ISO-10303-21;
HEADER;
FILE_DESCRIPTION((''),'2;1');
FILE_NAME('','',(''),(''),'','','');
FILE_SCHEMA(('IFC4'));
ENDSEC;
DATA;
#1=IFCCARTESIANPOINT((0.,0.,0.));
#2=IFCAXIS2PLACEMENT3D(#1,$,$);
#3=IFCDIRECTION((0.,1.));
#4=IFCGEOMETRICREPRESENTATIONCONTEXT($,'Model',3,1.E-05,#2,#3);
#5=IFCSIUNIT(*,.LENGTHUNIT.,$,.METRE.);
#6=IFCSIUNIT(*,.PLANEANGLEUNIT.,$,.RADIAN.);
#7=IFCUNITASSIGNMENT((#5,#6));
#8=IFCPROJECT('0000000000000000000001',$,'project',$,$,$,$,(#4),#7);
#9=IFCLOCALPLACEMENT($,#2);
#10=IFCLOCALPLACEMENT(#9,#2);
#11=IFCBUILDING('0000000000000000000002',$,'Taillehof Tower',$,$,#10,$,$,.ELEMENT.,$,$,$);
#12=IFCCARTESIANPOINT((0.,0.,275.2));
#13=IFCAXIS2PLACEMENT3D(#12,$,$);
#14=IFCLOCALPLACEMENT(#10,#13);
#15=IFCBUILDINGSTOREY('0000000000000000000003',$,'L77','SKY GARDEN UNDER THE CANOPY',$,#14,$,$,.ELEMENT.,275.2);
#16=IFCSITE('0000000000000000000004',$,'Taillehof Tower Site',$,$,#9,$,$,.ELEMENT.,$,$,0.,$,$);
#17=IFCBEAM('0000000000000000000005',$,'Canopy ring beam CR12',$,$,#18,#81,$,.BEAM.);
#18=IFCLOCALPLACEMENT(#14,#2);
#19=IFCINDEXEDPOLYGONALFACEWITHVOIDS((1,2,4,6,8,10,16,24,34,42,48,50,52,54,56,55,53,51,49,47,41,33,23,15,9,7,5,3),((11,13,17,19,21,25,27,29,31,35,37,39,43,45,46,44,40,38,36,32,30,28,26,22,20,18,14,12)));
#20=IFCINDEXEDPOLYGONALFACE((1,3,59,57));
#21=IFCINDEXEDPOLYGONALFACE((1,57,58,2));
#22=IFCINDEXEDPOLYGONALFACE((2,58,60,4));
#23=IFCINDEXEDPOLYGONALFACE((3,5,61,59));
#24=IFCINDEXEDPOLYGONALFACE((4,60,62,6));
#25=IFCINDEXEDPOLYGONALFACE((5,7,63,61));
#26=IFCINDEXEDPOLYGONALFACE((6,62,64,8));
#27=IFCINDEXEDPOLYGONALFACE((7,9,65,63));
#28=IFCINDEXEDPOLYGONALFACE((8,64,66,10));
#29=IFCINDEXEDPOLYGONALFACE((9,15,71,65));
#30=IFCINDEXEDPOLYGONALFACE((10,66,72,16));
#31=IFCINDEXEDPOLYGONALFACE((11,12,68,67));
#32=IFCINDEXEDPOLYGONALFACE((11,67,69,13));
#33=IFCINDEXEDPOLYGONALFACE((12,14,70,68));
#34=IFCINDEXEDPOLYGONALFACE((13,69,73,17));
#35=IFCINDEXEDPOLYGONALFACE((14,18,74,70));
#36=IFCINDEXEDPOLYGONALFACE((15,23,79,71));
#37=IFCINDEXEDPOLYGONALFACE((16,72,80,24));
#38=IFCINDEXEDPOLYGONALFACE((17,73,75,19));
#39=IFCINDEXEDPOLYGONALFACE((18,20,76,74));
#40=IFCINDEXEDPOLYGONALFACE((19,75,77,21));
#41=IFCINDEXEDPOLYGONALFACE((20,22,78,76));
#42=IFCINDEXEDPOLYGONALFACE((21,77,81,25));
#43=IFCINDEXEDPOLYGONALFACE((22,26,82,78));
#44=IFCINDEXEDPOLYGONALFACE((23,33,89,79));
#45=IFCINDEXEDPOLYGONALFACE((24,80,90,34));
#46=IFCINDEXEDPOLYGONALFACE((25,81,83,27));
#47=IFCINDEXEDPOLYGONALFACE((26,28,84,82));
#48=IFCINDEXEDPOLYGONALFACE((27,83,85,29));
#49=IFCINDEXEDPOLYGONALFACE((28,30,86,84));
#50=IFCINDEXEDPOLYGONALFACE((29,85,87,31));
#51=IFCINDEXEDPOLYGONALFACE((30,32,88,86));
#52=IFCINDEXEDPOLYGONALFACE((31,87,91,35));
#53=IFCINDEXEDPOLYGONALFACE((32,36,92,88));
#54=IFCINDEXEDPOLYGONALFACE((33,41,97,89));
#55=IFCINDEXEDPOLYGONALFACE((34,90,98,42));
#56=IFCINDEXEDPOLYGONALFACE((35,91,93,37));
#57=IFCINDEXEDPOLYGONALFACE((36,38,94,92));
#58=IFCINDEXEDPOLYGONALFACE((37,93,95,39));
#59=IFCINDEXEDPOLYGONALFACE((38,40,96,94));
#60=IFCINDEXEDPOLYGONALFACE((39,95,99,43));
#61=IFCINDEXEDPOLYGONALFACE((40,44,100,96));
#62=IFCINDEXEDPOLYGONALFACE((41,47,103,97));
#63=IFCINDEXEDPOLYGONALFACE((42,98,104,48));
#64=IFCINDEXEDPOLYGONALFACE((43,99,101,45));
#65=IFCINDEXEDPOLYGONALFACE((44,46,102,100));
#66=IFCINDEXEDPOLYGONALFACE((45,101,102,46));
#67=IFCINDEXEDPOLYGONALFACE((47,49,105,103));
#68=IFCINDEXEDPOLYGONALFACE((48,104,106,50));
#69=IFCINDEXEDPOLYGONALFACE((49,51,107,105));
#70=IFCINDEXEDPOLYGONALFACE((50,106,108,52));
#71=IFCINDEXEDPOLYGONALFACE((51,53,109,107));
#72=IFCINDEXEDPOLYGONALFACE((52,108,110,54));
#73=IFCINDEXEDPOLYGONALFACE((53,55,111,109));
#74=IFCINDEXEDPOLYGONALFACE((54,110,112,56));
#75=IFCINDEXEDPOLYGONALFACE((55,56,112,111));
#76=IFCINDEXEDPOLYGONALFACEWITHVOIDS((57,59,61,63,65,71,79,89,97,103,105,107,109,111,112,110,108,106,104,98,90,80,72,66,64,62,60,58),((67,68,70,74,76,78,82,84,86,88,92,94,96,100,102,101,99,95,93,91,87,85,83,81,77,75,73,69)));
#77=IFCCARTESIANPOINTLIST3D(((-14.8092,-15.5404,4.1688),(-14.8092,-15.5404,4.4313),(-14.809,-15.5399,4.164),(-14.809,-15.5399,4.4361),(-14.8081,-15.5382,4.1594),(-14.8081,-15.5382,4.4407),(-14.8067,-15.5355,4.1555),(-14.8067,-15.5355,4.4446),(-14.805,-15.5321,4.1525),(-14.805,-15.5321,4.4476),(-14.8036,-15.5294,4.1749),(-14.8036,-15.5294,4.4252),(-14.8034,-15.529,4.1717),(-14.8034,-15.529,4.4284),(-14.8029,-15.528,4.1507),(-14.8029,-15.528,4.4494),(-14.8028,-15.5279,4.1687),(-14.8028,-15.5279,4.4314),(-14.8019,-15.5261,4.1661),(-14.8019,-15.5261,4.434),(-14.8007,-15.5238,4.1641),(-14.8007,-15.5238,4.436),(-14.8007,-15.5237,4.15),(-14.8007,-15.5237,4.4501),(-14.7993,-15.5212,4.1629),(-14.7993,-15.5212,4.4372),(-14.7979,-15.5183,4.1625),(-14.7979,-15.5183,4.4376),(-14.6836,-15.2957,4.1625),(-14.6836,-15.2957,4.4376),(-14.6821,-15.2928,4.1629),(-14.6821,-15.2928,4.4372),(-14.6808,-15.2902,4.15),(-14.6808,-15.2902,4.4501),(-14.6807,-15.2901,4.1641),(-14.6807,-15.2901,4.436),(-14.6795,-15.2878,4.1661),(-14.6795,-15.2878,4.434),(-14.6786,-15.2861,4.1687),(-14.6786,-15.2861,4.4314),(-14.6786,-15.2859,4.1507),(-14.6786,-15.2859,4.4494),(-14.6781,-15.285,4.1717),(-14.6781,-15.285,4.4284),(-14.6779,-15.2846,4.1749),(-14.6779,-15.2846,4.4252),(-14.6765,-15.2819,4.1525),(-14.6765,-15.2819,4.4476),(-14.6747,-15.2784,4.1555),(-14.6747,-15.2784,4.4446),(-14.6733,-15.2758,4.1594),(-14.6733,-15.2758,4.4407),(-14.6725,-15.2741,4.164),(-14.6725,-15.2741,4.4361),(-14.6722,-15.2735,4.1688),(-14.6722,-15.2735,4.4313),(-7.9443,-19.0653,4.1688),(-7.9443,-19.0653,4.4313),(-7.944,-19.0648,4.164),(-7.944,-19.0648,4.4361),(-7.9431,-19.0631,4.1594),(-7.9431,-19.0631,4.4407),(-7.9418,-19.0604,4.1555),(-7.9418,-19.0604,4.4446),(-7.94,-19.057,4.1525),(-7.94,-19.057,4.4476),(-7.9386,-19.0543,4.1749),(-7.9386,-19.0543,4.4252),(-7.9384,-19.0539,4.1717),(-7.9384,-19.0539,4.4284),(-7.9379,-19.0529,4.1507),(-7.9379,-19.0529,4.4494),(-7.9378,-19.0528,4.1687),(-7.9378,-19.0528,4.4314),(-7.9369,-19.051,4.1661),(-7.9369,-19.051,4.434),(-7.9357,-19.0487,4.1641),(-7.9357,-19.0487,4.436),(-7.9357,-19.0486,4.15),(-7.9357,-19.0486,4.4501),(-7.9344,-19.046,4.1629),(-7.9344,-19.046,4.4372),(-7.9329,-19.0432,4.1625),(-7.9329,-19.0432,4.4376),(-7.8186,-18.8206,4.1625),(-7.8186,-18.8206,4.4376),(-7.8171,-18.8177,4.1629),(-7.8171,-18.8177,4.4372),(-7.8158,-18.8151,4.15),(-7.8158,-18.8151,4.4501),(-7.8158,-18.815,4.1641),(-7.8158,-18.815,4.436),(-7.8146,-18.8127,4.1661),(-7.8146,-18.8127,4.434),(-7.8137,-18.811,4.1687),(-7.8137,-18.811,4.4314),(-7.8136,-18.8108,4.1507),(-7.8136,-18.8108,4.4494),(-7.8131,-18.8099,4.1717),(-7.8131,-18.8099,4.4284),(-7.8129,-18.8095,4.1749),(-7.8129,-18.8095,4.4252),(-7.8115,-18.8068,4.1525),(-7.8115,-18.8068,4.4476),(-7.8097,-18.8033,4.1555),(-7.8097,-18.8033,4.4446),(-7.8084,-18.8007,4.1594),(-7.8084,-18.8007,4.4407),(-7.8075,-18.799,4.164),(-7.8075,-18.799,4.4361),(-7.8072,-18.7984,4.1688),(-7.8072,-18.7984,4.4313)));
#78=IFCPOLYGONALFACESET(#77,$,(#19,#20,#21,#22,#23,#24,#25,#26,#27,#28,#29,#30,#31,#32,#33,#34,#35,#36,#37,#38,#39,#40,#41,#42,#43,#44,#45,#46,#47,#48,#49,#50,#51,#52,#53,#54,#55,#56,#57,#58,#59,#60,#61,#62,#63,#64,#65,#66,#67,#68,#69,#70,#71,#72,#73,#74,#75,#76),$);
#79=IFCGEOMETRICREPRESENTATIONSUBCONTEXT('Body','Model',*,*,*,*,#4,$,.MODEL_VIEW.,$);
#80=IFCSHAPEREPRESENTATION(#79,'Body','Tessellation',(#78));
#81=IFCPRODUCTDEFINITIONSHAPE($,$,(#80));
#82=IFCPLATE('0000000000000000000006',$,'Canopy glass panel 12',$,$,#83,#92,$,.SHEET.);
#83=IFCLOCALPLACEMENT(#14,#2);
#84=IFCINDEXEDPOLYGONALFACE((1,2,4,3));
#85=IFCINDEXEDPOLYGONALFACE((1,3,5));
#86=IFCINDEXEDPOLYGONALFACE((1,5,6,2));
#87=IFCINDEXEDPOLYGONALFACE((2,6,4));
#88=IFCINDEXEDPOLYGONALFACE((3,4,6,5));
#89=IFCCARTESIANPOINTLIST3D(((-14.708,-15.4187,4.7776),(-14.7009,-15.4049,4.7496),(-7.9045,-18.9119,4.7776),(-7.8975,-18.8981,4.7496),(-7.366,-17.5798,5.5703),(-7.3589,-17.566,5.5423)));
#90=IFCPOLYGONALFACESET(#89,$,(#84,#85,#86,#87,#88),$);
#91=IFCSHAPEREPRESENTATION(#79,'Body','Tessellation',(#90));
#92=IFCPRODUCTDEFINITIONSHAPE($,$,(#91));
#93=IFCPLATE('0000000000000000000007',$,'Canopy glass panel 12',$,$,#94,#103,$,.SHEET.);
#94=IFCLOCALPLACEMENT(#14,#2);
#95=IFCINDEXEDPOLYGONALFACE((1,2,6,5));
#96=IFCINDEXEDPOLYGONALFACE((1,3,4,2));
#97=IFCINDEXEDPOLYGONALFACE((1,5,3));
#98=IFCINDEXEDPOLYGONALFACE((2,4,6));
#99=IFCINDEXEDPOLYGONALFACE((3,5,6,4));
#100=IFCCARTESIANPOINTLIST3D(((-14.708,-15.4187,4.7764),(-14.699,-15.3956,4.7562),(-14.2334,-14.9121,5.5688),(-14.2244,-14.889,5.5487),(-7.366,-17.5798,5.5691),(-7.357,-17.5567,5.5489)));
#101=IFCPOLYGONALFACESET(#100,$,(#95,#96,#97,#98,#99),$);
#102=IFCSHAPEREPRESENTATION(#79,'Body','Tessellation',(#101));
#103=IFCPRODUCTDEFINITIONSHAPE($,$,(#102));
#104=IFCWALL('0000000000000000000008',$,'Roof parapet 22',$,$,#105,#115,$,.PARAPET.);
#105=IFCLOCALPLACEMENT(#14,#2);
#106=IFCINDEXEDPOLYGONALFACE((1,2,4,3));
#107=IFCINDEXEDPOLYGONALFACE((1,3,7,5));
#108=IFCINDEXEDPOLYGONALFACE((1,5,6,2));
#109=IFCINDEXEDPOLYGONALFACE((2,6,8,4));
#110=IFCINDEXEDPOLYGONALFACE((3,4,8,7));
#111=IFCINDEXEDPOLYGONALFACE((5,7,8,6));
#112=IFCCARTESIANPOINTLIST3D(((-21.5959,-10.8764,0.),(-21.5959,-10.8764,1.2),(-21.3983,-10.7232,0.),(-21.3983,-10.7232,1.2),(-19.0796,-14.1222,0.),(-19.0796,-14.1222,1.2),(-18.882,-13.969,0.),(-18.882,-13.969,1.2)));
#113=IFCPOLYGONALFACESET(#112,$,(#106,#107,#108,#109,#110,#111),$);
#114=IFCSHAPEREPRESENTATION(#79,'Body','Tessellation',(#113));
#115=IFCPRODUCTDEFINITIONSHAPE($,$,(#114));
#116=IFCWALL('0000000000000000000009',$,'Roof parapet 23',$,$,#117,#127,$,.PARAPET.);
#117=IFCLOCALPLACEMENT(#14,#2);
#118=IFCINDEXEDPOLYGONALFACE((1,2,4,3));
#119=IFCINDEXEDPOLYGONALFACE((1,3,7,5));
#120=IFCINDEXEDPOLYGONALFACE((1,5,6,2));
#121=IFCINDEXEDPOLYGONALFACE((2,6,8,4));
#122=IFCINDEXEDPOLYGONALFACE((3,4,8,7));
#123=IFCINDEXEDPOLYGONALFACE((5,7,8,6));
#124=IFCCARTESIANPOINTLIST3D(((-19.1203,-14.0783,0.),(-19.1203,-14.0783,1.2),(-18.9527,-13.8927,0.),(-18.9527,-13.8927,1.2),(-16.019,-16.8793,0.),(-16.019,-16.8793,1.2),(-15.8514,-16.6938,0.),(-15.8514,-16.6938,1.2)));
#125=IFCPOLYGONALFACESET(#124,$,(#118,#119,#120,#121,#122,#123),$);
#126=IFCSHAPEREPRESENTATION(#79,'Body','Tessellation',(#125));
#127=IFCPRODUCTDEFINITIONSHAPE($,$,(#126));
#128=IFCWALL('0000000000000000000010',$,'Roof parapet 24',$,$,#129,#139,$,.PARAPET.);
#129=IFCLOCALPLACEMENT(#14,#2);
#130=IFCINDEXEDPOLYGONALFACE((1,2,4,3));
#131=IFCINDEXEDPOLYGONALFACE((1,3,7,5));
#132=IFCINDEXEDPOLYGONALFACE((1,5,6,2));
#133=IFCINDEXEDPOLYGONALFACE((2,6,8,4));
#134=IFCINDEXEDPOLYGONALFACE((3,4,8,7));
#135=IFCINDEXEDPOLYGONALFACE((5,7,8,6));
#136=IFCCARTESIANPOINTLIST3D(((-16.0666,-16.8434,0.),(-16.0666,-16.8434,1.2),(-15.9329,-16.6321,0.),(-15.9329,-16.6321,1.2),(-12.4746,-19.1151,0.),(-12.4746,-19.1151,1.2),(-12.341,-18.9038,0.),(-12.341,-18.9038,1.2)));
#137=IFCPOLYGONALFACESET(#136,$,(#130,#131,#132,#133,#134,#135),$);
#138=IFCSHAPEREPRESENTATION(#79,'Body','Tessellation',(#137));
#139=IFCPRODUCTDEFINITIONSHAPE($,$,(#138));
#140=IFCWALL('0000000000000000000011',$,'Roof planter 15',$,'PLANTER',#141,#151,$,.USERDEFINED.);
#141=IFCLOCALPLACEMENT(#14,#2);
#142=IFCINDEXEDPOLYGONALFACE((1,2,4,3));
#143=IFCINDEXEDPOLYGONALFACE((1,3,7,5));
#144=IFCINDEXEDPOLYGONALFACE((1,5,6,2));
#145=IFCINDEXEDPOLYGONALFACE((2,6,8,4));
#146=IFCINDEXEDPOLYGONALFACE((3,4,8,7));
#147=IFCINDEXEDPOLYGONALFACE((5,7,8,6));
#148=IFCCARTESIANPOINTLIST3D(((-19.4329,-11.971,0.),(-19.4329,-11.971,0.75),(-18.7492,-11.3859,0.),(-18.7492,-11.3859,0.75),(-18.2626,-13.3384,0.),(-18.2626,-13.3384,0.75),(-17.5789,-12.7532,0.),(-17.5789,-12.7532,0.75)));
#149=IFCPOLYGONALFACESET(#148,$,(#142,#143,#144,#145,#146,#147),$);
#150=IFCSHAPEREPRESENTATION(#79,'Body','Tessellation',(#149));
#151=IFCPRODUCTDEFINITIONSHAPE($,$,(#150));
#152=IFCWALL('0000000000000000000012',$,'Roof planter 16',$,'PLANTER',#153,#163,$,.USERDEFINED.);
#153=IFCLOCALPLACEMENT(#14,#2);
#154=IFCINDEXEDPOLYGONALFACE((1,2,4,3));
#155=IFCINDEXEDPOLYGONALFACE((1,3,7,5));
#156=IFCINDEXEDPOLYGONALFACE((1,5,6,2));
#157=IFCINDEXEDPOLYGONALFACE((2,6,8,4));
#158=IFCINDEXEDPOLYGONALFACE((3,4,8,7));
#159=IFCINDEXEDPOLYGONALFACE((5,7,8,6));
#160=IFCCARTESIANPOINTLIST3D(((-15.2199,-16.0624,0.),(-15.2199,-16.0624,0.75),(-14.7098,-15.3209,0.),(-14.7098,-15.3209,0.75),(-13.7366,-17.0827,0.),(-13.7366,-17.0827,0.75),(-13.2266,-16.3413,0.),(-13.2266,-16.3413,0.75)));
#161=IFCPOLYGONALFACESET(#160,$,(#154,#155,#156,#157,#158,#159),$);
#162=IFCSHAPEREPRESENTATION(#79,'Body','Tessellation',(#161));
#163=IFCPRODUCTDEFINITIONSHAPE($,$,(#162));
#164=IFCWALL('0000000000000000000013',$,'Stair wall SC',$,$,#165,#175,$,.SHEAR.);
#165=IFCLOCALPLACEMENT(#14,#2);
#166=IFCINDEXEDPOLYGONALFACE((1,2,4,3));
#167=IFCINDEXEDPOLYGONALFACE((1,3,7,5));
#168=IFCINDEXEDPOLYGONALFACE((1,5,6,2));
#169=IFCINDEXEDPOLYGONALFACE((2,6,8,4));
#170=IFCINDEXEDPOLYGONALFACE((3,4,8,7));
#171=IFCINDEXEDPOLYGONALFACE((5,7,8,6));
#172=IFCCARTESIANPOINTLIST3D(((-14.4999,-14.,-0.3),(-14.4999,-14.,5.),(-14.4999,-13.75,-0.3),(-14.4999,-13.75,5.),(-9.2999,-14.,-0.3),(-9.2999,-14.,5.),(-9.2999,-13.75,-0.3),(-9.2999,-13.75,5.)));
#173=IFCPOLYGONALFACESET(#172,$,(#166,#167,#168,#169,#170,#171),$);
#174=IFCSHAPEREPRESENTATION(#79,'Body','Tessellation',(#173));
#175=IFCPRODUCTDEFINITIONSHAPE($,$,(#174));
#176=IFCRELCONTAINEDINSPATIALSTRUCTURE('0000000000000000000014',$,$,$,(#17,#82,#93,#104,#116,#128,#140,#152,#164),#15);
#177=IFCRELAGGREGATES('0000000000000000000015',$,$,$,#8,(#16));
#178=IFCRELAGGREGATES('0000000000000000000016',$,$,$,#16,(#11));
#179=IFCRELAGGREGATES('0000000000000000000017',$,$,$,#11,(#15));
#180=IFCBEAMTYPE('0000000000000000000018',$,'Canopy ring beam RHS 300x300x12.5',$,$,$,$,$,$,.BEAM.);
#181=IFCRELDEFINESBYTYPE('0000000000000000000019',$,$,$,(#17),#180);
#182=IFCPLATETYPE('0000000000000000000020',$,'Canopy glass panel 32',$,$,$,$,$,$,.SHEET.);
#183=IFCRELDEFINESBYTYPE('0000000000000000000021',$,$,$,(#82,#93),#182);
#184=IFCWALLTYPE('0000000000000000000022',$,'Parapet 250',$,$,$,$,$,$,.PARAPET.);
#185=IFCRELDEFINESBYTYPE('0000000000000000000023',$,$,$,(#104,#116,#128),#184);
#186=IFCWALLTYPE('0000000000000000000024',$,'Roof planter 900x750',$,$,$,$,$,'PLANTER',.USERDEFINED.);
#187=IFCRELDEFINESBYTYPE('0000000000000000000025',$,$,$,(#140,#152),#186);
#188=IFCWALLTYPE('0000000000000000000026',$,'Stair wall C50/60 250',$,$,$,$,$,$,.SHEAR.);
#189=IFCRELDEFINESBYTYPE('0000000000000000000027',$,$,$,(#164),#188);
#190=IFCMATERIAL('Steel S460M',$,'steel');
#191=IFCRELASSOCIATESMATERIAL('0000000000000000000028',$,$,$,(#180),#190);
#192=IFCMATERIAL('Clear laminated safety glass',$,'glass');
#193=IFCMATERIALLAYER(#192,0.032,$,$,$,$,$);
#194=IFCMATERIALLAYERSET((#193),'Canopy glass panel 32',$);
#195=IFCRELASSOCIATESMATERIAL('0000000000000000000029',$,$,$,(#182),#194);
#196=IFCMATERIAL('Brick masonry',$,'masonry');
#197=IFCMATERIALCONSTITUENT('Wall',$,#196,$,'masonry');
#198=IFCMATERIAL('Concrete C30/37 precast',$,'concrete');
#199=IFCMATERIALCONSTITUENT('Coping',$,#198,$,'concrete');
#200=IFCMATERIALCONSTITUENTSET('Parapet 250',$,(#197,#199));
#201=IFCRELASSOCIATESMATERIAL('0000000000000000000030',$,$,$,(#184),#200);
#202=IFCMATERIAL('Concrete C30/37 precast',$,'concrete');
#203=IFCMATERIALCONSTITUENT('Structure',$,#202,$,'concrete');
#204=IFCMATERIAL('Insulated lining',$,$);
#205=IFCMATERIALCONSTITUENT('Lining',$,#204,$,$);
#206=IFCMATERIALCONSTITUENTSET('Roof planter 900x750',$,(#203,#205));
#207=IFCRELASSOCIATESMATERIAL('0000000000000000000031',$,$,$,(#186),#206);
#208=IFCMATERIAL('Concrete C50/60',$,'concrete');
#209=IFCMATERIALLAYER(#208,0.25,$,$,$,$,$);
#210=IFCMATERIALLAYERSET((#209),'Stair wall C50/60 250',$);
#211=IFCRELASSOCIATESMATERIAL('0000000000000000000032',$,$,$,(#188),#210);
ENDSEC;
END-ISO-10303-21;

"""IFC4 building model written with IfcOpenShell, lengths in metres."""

from ifc_helpers import new_model, si_unit, direction, frame, frame_2d, origin, origin_2d, place, context, subcontext, project, spatial, polyline, rectangle, hollow_rectangle, outline, extrude, material, layer, layer_set, constituent, constituent_set, material_profile, profile_set, type_object, element, save


model = new_model("IFC4")

# Units and contexts
model_context = context("Model", 3, precision=1e-05, world=origin(), true_north=direction((0.0, 1.0)))
body_context = subcontext(model_context, "Body", "Model", "MODEL_VIEW")
ifc_project = project(units=[si_unit("LENGTHUNIT", "METRE"), si_unit("PLANEANGLEUNIT", "RADIAN")], contexts=[model_context])

# Site, building, storey
site_placement = place(None, origin())
site = spatial("IfcSite", under=ifc_project, at=site_placement, Name="Taillehof Tower Site", CompositionType="ELEMENT", RefElevation=0.0)
building_placement = place(site_placement, origin())
building = spatial("IfcBuilding", under=site, at=building_placement, Name="Taillehof Tower", CompositionType="ELEMENT")
storey_placement = place(building_placement, frame((0.0, 0.0, 275.2)))
storey = spatial("IfcBuildingStorey", under=building, at=storey_placement, Name="L77", Description="SKY GARDEN UNDER THE CANOPY", CompositionType="ELEMENT", Elevation=275.2)

# Beam
ifc_material_1 = material(Name="Steel S460M", Category="steel")
ifc_material_profile_1 = material_profile(ifc_material_1, hollow_rectangle(XDim=0.3, YDim=0.3, WallThickness=0.0125, InnerFilletRadius=0.0125, OuterFilletRadius=0.0188, at=origin_2d()), Name="RHS 300x300x12.5")
ifc_profile_set_1 = profile_set([ifc_material_profile_1], Name="Steel S460M")
beam_type_1 = type_object("IfcBeamType", Name="Canopy ring beam RHS 300x300x12.5", PredefinedType="BEAM", material=ifc_profile_set_1)
beam_1_placement = place(storey_placement, frame((-14.7407, -15.407, 4.3), z_axis=(0.889586, -0.456767, 0.0), x_axis=(0.456767, 0.889586, 0.0)))
element("IfcBeam", 1, at=beam_1_placement, inside=storey, type_object=beam_type_1, Name="Canopy ring beam CR12", PredefinedType="BEAM", context=body_context, shape_type="SweptSolid", body=[
    extrude(hollow_rectangle(XDim=0.3, YDim=0.3, WallThickness=0.0125, InnerFilletRadius=0.0125, OuterFilletRadius=0.0188, at=origin_2d()), origin(), (0.0, 0.0, 1.0), 7.717),
])

# Plates
ifc_material_2 = material(Name="Clear laminated safety glass", Category="glass")
ifc_layer_1 = layer(ifc_material_2, 0.032)
ifc_layer_set_1 = layer_set([ifc_layer_1], Name="Canopy glass panel 32")
plate_type = type_object("IfcPlateType", Name="Canopy glass panel 32", PredefinedType="SHEET", material=ifc_layer_set_1)
plate_1_placement = place(storey_placement, frame((-14.708, -15.4187, 4.7776), z_axis=(-0.221337, -0.431088, 0.874742), x_axis=(0.889594, -0.456752, 0.0)))
element("IfcPlate", 2, at=plate_1_placement, inside=storey, type_object=plate_type, Name="Canopy glass panel 12", PredefinedType="SHEET", context=body_context, shape_type="SweptSolid", body=[
    extrude(outline(polyline([(0.0, 0.0), (7.6478, 0.0), (7.5185, 1.6359), (0.0, 0.0)])), origin(), (0.0, 0.0, -1.0), 0.032),
])
plate_2_placement = place(storey_placement, frame((-14.708, -15.4187, 4.7764), z_axis=(-0.281017, -0.723356, 0.630703), x_axis=(0.9542, -0.280869, 0.103026)))
element("IfcPlate", 3, at=plate_2_placement, inside=storey, type_object=plate_type, Name="Canopy glass panel 12", PredefinedType="SHEET", context=body_context, shape_type="SweptSolid", body=[
    extrude(outline(polyline([(0.0, 0.0), (7.6944, 0.0), (0.3922, 0.9778), (0.0, 0.0)])), origin(), (0.0, 0.0, -1.0), 0.032),
])

# Walls
ifc_material_3 = material(Name="Brick masonry", Category="masonry")
ifc_constituent_1 = constituent(ifc_material_3, Name="Wall", Category="masonry")
ifc_material_4 = material(Name="Concrete C30/37 precast", Category="concrete")
ifc_constituent_2 = constituent(ifc_material_4, Name="Coping", Category="concrete")
ifc_constituent_set_1 = constituent_set(constituents=[ifc_constituent_1, ifc_constituent_2], Name="Parapet 250")
wall_type_1 = type_object("IfcWallType", Name="Parapet 250", PredefinedType="PARAPET", material=ifc_constituent_set_1)
wall_1_placement = place(storey_placement, frame((-21.4971, -10.7998, 0.0), z_axis=(0.0, 0.0, 1.0), x_axis=(0.612697, -0.790318, 0.0)))
element("IfcWall", 4, at=wall_1_placement, inside=storey, type_object=wall_type_1, Name="Roof parapet 22", PredefinedType="PARAPET", context=body_context, shape_type="SweptSolid", body=[
    extrude(rectangle(XDim=4.1069, YDim=0.25, at=frame_2d((2.0535, 0.0))), origin(), (0.0, 0.0, 1.0), 1.2),
])
wall_2_placement = place(storey_placement, frame((-19.0364, -13.9856, 0.0), z_axis=(0.0, 0.0, 1.0), x_axis=(0.742122, -0.670264, 0.0)))
element("IfcWall", 5, at=wall_2_placement, inside=storey, type_object=wall_type_1, Name="Roof parapet 23", PredefinedType="PARAPET", context=body_context, shape_type="SweptSolid", body=[
    extrude(rectangle(XDim=4.179, YDim=0.25, at=frame_2d((2.0894, 0.0))), origin(), (0.0, 0.0, 1.0), 1.2),
])
wall_3_placement = place(storey_placement, frame((-15.9998, -16.7378, 0.0), z_axis=(0.0, 0.0, 1.0), x_axis=(0.845163, -0.534509, 0.0)))
element("IfcWall", 6, at=wall_3_placement, inside=storey, type_object=wall_type_1, Name="Roof parapet 24", PredefinedType="PARAPET", context=body_context, shape_type="SweptSolid", body=[
    extrude(rectangle(XDim=4.25, YDim=0.25, at=frame_2d((2.125, 0.0))), origin(), (0.0, 0.0, 1.0), 1.2),
])
ifc_material_5 = material(Name="Concrete C30/37 precast", Category="concrete")
ifc_constituent_3 = constituent(ifc_material_5, Name="Structure", Category="concrete")
ifc_material_6 = material(Name="Insulated lining")
ifc_constituent_4 = constituent(ifc_material_6, Name="Lining")
ifc_constituent_set_2 = constituent_set(constituents=[ifc_constituent_3, ifc_constituent_4], Name="Roof planter 900x750")
wall_type_2 = type_object("IfcWallType", Name="Roof planter 900x750", ElementType="PLANTER", PredefinedType="USERDEFINED", material=ifc_constituent_set_2)
wall_4_placement = place(storey_placement, frame((-19.0911, -11.6785, 0.0), z_axis=(0.0, 0.0, 1.0), x_axis=(0.650255, -0.759716, 0.0)))
element("IfcWall", 7, at=wall_4_placement, inside=storey, type_object=wall_type_2, Name="Roof planter 15", ObjectType="PLANTER", PredefinedType="USERDEFINED", context=body_context, shape_type="SweptSolid", body=[
    extrude(rectangle(XDim=1.7998, YDim=0.8999, at=frame_2d((0.8999, 0.0))), origin(), (0.0, 0.0, 1.0), 0.75),
])
wall_5_placement = place(storey_placement, frame((-14.9648, -15.6917, 0.0), z_axis=(0.0, 0.0, 1.0), x_axis=(0.823888, -0.566753, 0.0)))
element("IfcWall", 8, at=wall_5_placement, inside=storey, type_object=wall_type_2, Name="Roof planter 16", ObjectType="PLANTER", PredefinedType="USERDEFINED", context=body_context, shape_type="SweptSolid", body=[
    extrude(rectangle(XDim=1.8003, YDim=0.8999, at=frame_2d((0.9001, 0.0))), origin(), (0.0, 0.0, 1.0), 0.75),
])
ifc_material_7 = material(Name="Concrete C50/60", Category="concrete")
ifc_layer_2 = layer(ifc_material_7, 0.25)
ifc_layer_set_2 = layer_set([ifc_layer_2], Name="Stair wall C50/60 250")
wall_type_3 = type_object("IfcWallType", Name="Stair wall C50/60 250", PredefinedType="SHEAR", material=ifc_layer_set_2)
wall_6_placement = place(storey_placement, frame((-14.5, -13.875, -0.3), z_axis=(0.0, 0.0, 1.0), x_axis=(1.0, 0.0, 0.0)))
element("IfcWall", 9, at=wall_6_placement, inside=storey, type_object=wall_type_3, Name="Stair wall SC", PredefinedType="SHEAR", context=body_context, shape_type="SweptSolid", body=[
    extrude(rectangle(XDim=5.2, YDim=0.25, at=frame_2d((2.6001, 0.0))), origin(), (0.0, 0.0, 1.0), 5.3),
])

save(model, "model.ifc")
